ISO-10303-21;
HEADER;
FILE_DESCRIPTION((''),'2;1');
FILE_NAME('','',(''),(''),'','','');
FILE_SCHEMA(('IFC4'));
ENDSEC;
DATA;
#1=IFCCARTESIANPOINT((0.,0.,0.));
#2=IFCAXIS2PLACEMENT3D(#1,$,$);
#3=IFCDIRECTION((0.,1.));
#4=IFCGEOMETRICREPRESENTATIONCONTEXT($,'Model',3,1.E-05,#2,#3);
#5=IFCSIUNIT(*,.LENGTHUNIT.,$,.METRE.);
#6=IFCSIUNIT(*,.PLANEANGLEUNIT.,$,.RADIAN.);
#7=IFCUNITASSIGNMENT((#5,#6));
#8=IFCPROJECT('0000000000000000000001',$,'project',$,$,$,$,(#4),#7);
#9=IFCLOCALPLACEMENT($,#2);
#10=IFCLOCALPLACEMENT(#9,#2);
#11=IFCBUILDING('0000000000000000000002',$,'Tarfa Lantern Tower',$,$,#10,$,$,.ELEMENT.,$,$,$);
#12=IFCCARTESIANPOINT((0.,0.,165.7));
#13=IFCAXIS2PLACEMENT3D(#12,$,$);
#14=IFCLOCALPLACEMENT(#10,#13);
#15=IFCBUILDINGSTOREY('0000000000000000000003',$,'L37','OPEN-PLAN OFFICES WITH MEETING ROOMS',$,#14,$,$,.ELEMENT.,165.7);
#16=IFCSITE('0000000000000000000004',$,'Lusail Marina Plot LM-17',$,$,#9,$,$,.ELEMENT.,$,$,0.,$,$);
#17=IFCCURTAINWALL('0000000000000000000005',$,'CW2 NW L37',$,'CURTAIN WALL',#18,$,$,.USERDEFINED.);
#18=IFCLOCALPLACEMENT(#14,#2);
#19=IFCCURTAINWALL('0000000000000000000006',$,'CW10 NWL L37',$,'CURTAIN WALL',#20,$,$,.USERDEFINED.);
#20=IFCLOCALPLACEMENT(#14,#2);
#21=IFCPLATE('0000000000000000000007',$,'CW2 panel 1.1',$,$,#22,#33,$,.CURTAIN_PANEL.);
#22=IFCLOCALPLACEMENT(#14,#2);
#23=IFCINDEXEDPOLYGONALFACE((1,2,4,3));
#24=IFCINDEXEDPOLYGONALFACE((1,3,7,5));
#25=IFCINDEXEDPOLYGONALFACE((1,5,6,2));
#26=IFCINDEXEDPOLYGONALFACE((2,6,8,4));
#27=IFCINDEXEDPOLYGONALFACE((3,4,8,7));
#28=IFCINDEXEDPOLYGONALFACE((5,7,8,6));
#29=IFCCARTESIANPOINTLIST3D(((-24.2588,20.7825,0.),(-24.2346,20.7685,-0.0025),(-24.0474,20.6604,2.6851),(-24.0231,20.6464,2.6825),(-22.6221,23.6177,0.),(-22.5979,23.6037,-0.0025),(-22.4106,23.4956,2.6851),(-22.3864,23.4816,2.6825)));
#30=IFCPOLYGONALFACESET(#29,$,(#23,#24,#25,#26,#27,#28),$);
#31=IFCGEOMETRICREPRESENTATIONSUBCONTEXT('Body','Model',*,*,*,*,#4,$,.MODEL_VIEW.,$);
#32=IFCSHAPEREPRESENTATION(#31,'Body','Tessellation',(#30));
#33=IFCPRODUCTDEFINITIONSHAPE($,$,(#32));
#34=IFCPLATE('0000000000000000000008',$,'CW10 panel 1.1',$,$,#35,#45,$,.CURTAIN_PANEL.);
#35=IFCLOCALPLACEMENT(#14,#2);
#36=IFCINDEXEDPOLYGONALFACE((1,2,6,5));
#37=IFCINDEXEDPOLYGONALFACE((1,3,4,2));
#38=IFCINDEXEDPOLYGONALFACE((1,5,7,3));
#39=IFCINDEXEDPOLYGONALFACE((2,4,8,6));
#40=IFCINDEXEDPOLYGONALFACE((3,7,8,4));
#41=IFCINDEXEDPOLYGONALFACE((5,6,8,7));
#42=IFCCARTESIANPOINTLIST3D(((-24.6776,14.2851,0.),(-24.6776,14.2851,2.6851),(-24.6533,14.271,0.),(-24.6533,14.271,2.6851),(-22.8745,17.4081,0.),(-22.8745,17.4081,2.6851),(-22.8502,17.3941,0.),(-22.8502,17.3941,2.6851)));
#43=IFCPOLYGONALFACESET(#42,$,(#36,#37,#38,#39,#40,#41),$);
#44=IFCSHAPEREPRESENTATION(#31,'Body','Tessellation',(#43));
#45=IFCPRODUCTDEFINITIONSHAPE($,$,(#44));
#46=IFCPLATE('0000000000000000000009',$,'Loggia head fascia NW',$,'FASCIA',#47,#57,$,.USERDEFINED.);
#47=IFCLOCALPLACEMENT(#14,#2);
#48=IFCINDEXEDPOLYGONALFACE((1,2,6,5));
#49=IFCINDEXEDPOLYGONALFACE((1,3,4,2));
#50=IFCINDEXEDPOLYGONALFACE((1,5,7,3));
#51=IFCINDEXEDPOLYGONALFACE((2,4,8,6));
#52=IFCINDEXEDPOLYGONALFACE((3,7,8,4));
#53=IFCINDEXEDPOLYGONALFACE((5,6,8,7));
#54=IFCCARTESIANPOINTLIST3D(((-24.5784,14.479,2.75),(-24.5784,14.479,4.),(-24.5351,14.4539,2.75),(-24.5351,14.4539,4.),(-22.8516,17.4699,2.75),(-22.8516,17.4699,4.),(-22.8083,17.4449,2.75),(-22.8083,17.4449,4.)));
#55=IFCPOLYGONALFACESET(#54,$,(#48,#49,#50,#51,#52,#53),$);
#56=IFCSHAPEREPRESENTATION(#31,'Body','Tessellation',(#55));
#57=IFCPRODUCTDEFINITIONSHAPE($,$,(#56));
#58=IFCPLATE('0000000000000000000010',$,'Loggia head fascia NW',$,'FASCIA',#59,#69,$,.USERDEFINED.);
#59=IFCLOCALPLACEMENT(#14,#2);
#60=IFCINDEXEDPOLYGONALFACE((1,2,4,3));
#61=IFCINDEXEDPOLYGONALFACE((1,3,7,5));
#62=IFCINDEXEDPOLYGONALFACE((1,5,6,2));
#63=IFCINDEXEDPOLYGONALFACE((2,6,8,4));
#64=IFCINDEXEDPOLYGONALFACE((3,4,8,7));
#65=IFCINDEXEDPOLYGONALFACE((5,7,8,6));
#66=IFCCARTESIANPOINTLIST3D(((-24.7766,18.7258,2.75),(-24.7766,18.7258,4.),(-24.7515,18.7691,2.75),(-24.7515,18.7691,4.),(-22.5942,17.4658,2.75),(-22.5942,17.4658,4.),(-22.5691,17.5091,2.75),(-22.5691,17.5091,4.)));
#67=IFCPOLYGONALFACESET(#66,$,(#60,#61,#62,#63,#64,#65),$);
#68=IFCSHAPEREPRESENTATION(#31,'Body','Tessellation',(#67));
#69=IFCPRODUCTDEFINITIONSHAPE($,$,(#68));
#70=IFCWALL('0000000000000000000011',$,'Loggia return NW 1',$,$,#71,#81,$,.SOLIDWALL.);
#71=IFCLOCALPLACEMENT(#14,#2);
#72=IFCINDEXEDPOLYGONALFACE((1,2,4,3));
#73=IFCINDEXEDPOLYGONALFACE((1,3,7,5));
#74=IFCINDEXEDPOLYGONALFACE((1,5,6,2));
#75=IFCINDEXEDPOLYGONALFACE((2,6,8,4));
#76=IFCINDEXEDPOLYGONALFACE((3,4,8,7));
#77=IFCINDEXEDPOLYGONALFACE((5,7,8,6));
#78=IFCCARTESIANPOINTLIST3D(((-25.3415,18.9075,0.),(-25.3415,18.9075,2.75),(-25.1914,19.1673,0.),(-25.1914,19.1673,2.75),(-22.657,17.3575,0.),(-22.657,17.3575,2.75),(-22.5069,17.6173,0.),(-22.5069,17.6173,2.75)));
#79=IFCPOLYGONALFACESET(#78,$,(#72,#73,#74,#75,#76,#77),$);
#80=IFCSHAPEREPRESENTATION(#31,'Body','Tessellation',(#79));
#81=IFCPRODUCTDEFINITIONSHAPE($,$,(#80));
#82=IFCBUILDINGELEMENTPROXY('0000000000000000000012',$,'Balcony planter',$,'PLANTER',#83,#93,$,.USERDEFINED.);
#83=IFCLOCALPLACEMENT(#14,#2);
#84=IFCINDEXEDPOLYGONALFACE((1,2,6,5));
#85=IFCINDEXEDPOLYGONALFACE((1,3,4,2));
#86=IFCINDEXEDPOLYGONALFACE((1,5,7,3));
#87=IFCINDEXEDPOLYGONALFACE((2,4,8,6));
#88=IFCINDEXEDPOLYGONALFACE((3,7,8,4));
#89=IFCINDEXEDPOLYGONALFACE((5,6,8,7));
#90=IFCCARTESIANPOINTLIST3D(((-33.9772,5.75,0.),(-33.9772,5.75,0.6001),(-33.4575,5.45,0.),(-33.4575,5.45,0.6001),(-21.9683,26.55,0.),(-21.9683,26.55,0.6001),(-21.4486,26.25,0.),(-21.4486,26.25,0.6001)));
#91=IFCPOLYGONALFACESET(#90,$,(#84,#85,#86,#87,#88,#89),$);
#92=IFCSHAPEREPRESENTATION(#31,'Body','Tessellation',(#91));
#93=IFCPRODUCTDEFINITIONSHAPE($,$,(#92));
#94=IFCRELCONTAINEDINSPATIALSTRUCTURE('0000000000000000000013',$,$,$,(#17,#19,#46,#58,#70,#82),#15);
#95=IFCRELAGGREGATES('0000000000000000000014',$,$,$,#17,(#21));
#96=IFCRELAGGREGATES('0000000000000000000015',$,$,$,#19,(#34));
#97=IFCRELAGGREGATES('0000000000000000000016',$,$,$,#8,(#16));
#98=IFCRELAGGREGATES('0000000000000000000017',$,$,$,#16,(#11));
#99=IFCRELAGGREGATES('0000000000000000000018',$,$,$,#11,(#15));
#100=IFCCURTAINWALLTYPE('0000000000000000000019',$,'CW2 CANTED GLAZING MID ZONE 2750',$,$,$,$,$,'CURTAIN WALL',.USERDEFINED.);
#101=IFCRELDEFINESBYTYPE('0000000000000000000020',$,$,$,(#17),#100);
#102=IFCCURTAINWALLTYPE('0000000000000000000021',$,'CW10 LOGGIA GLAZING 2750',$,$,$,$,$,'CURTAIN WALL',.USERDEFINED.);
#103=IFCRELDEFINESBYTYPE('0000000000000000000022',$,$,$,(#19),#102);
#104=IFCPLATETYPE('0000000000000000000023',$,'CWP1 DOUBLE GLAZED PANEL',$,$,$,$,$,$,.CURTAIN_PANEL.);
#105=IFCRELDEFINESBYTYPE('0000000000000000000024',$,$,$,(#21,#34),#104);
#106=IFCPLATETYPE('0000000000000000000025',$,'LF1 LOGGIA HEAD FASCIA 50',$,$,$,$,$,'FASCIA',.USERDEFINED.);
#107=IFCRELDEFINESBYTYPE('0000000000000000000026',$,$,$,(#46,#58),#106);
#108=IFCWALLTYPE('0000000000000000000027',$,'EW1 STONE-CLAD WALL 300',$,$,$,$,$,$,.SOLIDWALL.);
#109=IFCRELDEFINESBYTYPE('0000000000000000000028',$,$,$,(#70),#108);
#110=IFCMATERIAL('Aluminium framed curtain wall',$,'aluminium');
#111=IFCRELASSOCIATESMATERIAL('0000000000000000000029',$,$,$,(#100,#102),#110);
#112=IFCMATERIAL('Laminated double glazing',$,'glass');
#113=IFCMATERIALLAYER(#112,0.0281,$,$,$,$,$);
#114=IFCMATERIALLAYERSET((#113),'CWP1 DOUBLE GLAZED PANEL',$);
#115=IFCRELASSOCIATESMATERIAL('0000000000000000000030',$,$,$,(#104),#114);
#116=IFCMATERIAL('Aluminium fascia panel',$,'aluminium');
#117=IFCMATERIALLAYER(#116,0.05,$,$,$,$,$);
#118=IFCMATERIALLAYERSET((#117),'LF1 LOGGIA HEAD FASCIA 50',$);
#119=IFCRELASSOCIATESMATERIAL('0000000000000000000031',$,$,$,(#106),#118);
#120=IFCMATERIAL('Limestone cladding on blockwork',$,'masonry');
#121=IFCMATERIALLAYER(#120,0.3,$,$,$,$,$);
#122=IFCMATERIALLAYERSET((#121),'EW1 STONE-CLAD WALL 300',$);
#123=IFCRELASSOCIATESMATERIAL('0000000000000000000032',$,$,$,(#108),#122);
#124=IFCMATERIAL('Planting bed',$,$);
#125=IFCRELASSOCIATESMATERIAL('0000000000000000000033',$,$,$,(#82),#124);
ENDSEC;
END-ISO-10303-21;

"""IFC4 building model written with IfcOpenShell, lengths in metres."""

from ifc_helpers import new_model, si_unit, direction, frame, frame_2d, origin, origin_2d, place, context, subcontext, project, spatial, polyline, rectangle, outline, extrude, material, layer, layer_set, type_object, element, aggregate, save


model = new_model("IFC4")

# Units and contexts
model_context = context("Model", 3, precision=1e-05, world=origin(), true_north=direction((0.0, 1.0)))
body_context = subcontext(model_context, "Body", "Model", "MODEL_VIEW")
ifc_project = project(units=[si_unit("LENGTHUNIT", "METRE"), si_unit("PLANEANGLEUNIT", "RADIAN")], contexts=[model_context])

# Site, building, storey
site_placement = place(None, origin())
site = spatial("IfcSite", under=ifc_project, at=site_placement, Name="Lusail Marina Plot LM-17", CompositionType="ELEMENT", RefElevation=0.0)
building_placement = place(site_placement, origin())
building = spatial("IfcBuilding", under=site, at=building_placement, Name="Tarfa Lantern Tower", CompositionType="ELEMENT")
storey_placement = place(building_placement, frame((0.0, 0.0, 165.7)))
storey = spatial("IfcBuildingStorey", under=building, at=storey_placement, Name="L37", Description="OPEN-PLAN OFFICES WITH MEETING ROOMS", CompositionType="ELEMENT", Elevation=165.7)

# Shared definitions
ifc_material_1 = material(Name="Aluminium framed curtain wall", Category="aluminium")
curtain_wall_type_1 = type_object("IfcCurtainWallType", Name="CW2 CANTED GLAZING MID ZONE 2750", ElementType="CURTAIN WALL", PredefinedType="USERDEFINED", material=ifc_material_1)

# Curtain walls
curtain_wall_1_placement = place(storey_placement, origin())
curtain_wall_1 = element("IfcCurtainWall", 1, at=curtain_wall_1_placement, inside=storey, type_object=curtain_wall_type_1, Name="CW2 NW L37", ObjectType="CURTAIN WALL", PredefinedType="USERDEFINED")
curtain_wall_type_2 = type_object("IfcCurtainWallType", Name="CW10 LOGGIA GLAZING 2750", ElementType="CURTAIN WALL", PredefinedType="USERDEFINED", material=ifc_material_1)
curtain_wall_2_placement = place(storey_placement, origin())
curtain_wall_2 = element("IfcCurtainWall", 2, at=curtain_wall_2_placement, inside=storey, type_object=curtain_wall_type_2, Name="CW10 NWL L37", ObjectType="CURTAIN WALL", PredefinedType="USERDEFINED")

# Plates
ifc_material_2 = material(Name="Laminated double glazing", Category="glass")
ifc_layer_1 = layer(ifc_material_2, 0.0281)
ifc_layer_set_1 = layer_set([ifc_layer_1], Name="CWP1 DOUBLE GLAZED PANEL")
plate_type_1 = type_object("IfcPlateType", Name="CWP1 DOUBLE GLAZED PANEL", PredefinedType="CURTAIN_PANEL", material=ifc_layer_set_1)
plate_1_placement = place(storey_placement, frame((-22.6221, 23.6177, 0.0), z_axis=(-0.862492, 0.497903, 0.09055), x_axis=(-0.499957, -0.86605, 0.0)))
plate_1 = element("IfcPlate", 3, at=plate_1_placement, type_object=plate_type_1, Name="CW2 panel 1.1", PredefinedType="CURTAIN_PANEL", context=body_context, shape_type="SweptSolid", body=[
    extrude(outline(polyline([(0.0, 0.0), (3.2737, 0.0), (3.2737, 2.6961), (0.0, 2.6961), (0.0, 0.0)])), origin(), (0.0, 0.0, -1.0), 0.0281),
])
aggregate(curtain_wall_1, [plate_1])
plate_2_placement = place(storey_placement, frame((-23.7639, 15.8396, 0.0), z_axis=(0.0, 0.0, 1.0), x_axis=(-0.5, -0.866025, 0.0)))
plate_2 = element("IfcPlate", 4, at=plate_2_placement, type_object=plate_type_1, Name="CW10 panel 1.1", PredefinedType="CURTAIN_PANEL", context=body_context, shape_type="SweptSolid", body=[
    extrude(rectangle(XDim=3.6062, YDim=0.0281, at=origin_2d()), origin(), (0.0, 0.0, 1.0), 2.6851),
])
aggregate(curtain_wall_2, [plate_2])

# Plates
ifc_material_3 = material(Name="Aluminium fascia panel", Category="aluminium")
ifc_layer_2 = layer(ifc_material_3, 0.05)
ifc_layer_set_2 = layer_set([ifc_layer_2], Name="LF1 LOGGIA HEAD FASCIA 50")
plate_type_2 = type_object("IfcPlateType", Name="LF1 LOGGIA HEAD FASCIA 50", ElementType="FASCIA", PredefinedType="USERDEFINED", material=ifc_layer_set_2)
plate_3_placement = place(storey_placement, frame((-23.6934, 15.9619, 2.75), z_axis=(0.0, 0.0, 1.0), x_axis=(-0.5, -0.866025, 0.0)))
element("IfcPlate", 5, at=plate_3_placement, inside=storey, type_object=plate_type_2, Name="Loggia head fascia NW", ObjectType="FASCIA", PredefinedType="USERDEFINED", context=body_context, shape_type="SweptSolid", body=[
    extrude(rectangle(XDim=3.4536, YDim=0.05, at=origin_2d()), origin(), (0.0, 0.0, 1.0), 1.25),
])
plate_4_placement = place(storey_placement, frame((-23.6729, 18.1174, 2.75), z_axis=(0.0, 0.0, 1.0), x_axis=(0.866025, -0.5, 0.0)))
element("IfcPlate", 6, at=plate_4_placement, inside=storey, type_object=plate_type_2, Name="Loggia head fascia NW", ObjectType="FASCIA", PredefinedType="USERDEFINED", context=body_context, shape_type="SweptSolid", body=[
    extrude(rectangle(XDim=2.52, YDim=0.05, at=origin_2d()), origin(), (0.0, 0.0, 1.0), 1.25),
])

# Wall
ifc_material_4 = material(Name="Limestone cladding on blockwork", Category="masonry")
ifc_layer_3 = layer(ifc_material_4, 0.3)
ifc_layer_set_3 = layer_set([ifc_layer_3], Name="EW1 STONE-CLAD WALL 300")
wall_type = type_object("IfcWallType", Name="EW1 STONE-CLAD WALL 300", PredefinedType="SOLIDWALL", material=ifc_layer_set_3)
wall_placement = place(storey_placement, frame((-25.2664, 19.0374, 0.0), z_axis=(0.0, 0.0, 1.0), x_axis=(0.86601, -0.500027, 0.0)))
element("IfcWall", 7, at=wall_placement, inside=storey, type_object=wall_type, Name="Loggia return NW 1", PredefinedType="SOLIDWALL", context=body_context, shape_type="SweptSolid", body=[
    extrude(rectangle(XDim=3.0999, YDim=0.3, at=frame_2d((1.5498, 0.0))), origin(), (0.0, 0.0, 1.0), 2.75),
])

# Building element proxy
ifc_material_5 = material(Name="Planting bed")
proxy_placement = place(storey_placement, frame((-27.7129, 16.0, 0.0), z_axis=(0.0, 0.0, 1.0), x_axis=(-0.5, -0.866025, 0.0)))
element("IfcBuildingElementProxy", 8, at=proxy_placement, inside=storey, material=ifc_material_5, Name="Balcony planter", ObjectType="PLANTER", PredefinedType="USERDEFINED", context=body_context, shape_type="SweptSolid", body=[
    extrude(rectangle(XDim=24.0178, YDim=0.6001, at=origin_2d()), origin(), (0.0, 0.0, 1.0), 0.6001),
])

save(model, "model.ifc")
